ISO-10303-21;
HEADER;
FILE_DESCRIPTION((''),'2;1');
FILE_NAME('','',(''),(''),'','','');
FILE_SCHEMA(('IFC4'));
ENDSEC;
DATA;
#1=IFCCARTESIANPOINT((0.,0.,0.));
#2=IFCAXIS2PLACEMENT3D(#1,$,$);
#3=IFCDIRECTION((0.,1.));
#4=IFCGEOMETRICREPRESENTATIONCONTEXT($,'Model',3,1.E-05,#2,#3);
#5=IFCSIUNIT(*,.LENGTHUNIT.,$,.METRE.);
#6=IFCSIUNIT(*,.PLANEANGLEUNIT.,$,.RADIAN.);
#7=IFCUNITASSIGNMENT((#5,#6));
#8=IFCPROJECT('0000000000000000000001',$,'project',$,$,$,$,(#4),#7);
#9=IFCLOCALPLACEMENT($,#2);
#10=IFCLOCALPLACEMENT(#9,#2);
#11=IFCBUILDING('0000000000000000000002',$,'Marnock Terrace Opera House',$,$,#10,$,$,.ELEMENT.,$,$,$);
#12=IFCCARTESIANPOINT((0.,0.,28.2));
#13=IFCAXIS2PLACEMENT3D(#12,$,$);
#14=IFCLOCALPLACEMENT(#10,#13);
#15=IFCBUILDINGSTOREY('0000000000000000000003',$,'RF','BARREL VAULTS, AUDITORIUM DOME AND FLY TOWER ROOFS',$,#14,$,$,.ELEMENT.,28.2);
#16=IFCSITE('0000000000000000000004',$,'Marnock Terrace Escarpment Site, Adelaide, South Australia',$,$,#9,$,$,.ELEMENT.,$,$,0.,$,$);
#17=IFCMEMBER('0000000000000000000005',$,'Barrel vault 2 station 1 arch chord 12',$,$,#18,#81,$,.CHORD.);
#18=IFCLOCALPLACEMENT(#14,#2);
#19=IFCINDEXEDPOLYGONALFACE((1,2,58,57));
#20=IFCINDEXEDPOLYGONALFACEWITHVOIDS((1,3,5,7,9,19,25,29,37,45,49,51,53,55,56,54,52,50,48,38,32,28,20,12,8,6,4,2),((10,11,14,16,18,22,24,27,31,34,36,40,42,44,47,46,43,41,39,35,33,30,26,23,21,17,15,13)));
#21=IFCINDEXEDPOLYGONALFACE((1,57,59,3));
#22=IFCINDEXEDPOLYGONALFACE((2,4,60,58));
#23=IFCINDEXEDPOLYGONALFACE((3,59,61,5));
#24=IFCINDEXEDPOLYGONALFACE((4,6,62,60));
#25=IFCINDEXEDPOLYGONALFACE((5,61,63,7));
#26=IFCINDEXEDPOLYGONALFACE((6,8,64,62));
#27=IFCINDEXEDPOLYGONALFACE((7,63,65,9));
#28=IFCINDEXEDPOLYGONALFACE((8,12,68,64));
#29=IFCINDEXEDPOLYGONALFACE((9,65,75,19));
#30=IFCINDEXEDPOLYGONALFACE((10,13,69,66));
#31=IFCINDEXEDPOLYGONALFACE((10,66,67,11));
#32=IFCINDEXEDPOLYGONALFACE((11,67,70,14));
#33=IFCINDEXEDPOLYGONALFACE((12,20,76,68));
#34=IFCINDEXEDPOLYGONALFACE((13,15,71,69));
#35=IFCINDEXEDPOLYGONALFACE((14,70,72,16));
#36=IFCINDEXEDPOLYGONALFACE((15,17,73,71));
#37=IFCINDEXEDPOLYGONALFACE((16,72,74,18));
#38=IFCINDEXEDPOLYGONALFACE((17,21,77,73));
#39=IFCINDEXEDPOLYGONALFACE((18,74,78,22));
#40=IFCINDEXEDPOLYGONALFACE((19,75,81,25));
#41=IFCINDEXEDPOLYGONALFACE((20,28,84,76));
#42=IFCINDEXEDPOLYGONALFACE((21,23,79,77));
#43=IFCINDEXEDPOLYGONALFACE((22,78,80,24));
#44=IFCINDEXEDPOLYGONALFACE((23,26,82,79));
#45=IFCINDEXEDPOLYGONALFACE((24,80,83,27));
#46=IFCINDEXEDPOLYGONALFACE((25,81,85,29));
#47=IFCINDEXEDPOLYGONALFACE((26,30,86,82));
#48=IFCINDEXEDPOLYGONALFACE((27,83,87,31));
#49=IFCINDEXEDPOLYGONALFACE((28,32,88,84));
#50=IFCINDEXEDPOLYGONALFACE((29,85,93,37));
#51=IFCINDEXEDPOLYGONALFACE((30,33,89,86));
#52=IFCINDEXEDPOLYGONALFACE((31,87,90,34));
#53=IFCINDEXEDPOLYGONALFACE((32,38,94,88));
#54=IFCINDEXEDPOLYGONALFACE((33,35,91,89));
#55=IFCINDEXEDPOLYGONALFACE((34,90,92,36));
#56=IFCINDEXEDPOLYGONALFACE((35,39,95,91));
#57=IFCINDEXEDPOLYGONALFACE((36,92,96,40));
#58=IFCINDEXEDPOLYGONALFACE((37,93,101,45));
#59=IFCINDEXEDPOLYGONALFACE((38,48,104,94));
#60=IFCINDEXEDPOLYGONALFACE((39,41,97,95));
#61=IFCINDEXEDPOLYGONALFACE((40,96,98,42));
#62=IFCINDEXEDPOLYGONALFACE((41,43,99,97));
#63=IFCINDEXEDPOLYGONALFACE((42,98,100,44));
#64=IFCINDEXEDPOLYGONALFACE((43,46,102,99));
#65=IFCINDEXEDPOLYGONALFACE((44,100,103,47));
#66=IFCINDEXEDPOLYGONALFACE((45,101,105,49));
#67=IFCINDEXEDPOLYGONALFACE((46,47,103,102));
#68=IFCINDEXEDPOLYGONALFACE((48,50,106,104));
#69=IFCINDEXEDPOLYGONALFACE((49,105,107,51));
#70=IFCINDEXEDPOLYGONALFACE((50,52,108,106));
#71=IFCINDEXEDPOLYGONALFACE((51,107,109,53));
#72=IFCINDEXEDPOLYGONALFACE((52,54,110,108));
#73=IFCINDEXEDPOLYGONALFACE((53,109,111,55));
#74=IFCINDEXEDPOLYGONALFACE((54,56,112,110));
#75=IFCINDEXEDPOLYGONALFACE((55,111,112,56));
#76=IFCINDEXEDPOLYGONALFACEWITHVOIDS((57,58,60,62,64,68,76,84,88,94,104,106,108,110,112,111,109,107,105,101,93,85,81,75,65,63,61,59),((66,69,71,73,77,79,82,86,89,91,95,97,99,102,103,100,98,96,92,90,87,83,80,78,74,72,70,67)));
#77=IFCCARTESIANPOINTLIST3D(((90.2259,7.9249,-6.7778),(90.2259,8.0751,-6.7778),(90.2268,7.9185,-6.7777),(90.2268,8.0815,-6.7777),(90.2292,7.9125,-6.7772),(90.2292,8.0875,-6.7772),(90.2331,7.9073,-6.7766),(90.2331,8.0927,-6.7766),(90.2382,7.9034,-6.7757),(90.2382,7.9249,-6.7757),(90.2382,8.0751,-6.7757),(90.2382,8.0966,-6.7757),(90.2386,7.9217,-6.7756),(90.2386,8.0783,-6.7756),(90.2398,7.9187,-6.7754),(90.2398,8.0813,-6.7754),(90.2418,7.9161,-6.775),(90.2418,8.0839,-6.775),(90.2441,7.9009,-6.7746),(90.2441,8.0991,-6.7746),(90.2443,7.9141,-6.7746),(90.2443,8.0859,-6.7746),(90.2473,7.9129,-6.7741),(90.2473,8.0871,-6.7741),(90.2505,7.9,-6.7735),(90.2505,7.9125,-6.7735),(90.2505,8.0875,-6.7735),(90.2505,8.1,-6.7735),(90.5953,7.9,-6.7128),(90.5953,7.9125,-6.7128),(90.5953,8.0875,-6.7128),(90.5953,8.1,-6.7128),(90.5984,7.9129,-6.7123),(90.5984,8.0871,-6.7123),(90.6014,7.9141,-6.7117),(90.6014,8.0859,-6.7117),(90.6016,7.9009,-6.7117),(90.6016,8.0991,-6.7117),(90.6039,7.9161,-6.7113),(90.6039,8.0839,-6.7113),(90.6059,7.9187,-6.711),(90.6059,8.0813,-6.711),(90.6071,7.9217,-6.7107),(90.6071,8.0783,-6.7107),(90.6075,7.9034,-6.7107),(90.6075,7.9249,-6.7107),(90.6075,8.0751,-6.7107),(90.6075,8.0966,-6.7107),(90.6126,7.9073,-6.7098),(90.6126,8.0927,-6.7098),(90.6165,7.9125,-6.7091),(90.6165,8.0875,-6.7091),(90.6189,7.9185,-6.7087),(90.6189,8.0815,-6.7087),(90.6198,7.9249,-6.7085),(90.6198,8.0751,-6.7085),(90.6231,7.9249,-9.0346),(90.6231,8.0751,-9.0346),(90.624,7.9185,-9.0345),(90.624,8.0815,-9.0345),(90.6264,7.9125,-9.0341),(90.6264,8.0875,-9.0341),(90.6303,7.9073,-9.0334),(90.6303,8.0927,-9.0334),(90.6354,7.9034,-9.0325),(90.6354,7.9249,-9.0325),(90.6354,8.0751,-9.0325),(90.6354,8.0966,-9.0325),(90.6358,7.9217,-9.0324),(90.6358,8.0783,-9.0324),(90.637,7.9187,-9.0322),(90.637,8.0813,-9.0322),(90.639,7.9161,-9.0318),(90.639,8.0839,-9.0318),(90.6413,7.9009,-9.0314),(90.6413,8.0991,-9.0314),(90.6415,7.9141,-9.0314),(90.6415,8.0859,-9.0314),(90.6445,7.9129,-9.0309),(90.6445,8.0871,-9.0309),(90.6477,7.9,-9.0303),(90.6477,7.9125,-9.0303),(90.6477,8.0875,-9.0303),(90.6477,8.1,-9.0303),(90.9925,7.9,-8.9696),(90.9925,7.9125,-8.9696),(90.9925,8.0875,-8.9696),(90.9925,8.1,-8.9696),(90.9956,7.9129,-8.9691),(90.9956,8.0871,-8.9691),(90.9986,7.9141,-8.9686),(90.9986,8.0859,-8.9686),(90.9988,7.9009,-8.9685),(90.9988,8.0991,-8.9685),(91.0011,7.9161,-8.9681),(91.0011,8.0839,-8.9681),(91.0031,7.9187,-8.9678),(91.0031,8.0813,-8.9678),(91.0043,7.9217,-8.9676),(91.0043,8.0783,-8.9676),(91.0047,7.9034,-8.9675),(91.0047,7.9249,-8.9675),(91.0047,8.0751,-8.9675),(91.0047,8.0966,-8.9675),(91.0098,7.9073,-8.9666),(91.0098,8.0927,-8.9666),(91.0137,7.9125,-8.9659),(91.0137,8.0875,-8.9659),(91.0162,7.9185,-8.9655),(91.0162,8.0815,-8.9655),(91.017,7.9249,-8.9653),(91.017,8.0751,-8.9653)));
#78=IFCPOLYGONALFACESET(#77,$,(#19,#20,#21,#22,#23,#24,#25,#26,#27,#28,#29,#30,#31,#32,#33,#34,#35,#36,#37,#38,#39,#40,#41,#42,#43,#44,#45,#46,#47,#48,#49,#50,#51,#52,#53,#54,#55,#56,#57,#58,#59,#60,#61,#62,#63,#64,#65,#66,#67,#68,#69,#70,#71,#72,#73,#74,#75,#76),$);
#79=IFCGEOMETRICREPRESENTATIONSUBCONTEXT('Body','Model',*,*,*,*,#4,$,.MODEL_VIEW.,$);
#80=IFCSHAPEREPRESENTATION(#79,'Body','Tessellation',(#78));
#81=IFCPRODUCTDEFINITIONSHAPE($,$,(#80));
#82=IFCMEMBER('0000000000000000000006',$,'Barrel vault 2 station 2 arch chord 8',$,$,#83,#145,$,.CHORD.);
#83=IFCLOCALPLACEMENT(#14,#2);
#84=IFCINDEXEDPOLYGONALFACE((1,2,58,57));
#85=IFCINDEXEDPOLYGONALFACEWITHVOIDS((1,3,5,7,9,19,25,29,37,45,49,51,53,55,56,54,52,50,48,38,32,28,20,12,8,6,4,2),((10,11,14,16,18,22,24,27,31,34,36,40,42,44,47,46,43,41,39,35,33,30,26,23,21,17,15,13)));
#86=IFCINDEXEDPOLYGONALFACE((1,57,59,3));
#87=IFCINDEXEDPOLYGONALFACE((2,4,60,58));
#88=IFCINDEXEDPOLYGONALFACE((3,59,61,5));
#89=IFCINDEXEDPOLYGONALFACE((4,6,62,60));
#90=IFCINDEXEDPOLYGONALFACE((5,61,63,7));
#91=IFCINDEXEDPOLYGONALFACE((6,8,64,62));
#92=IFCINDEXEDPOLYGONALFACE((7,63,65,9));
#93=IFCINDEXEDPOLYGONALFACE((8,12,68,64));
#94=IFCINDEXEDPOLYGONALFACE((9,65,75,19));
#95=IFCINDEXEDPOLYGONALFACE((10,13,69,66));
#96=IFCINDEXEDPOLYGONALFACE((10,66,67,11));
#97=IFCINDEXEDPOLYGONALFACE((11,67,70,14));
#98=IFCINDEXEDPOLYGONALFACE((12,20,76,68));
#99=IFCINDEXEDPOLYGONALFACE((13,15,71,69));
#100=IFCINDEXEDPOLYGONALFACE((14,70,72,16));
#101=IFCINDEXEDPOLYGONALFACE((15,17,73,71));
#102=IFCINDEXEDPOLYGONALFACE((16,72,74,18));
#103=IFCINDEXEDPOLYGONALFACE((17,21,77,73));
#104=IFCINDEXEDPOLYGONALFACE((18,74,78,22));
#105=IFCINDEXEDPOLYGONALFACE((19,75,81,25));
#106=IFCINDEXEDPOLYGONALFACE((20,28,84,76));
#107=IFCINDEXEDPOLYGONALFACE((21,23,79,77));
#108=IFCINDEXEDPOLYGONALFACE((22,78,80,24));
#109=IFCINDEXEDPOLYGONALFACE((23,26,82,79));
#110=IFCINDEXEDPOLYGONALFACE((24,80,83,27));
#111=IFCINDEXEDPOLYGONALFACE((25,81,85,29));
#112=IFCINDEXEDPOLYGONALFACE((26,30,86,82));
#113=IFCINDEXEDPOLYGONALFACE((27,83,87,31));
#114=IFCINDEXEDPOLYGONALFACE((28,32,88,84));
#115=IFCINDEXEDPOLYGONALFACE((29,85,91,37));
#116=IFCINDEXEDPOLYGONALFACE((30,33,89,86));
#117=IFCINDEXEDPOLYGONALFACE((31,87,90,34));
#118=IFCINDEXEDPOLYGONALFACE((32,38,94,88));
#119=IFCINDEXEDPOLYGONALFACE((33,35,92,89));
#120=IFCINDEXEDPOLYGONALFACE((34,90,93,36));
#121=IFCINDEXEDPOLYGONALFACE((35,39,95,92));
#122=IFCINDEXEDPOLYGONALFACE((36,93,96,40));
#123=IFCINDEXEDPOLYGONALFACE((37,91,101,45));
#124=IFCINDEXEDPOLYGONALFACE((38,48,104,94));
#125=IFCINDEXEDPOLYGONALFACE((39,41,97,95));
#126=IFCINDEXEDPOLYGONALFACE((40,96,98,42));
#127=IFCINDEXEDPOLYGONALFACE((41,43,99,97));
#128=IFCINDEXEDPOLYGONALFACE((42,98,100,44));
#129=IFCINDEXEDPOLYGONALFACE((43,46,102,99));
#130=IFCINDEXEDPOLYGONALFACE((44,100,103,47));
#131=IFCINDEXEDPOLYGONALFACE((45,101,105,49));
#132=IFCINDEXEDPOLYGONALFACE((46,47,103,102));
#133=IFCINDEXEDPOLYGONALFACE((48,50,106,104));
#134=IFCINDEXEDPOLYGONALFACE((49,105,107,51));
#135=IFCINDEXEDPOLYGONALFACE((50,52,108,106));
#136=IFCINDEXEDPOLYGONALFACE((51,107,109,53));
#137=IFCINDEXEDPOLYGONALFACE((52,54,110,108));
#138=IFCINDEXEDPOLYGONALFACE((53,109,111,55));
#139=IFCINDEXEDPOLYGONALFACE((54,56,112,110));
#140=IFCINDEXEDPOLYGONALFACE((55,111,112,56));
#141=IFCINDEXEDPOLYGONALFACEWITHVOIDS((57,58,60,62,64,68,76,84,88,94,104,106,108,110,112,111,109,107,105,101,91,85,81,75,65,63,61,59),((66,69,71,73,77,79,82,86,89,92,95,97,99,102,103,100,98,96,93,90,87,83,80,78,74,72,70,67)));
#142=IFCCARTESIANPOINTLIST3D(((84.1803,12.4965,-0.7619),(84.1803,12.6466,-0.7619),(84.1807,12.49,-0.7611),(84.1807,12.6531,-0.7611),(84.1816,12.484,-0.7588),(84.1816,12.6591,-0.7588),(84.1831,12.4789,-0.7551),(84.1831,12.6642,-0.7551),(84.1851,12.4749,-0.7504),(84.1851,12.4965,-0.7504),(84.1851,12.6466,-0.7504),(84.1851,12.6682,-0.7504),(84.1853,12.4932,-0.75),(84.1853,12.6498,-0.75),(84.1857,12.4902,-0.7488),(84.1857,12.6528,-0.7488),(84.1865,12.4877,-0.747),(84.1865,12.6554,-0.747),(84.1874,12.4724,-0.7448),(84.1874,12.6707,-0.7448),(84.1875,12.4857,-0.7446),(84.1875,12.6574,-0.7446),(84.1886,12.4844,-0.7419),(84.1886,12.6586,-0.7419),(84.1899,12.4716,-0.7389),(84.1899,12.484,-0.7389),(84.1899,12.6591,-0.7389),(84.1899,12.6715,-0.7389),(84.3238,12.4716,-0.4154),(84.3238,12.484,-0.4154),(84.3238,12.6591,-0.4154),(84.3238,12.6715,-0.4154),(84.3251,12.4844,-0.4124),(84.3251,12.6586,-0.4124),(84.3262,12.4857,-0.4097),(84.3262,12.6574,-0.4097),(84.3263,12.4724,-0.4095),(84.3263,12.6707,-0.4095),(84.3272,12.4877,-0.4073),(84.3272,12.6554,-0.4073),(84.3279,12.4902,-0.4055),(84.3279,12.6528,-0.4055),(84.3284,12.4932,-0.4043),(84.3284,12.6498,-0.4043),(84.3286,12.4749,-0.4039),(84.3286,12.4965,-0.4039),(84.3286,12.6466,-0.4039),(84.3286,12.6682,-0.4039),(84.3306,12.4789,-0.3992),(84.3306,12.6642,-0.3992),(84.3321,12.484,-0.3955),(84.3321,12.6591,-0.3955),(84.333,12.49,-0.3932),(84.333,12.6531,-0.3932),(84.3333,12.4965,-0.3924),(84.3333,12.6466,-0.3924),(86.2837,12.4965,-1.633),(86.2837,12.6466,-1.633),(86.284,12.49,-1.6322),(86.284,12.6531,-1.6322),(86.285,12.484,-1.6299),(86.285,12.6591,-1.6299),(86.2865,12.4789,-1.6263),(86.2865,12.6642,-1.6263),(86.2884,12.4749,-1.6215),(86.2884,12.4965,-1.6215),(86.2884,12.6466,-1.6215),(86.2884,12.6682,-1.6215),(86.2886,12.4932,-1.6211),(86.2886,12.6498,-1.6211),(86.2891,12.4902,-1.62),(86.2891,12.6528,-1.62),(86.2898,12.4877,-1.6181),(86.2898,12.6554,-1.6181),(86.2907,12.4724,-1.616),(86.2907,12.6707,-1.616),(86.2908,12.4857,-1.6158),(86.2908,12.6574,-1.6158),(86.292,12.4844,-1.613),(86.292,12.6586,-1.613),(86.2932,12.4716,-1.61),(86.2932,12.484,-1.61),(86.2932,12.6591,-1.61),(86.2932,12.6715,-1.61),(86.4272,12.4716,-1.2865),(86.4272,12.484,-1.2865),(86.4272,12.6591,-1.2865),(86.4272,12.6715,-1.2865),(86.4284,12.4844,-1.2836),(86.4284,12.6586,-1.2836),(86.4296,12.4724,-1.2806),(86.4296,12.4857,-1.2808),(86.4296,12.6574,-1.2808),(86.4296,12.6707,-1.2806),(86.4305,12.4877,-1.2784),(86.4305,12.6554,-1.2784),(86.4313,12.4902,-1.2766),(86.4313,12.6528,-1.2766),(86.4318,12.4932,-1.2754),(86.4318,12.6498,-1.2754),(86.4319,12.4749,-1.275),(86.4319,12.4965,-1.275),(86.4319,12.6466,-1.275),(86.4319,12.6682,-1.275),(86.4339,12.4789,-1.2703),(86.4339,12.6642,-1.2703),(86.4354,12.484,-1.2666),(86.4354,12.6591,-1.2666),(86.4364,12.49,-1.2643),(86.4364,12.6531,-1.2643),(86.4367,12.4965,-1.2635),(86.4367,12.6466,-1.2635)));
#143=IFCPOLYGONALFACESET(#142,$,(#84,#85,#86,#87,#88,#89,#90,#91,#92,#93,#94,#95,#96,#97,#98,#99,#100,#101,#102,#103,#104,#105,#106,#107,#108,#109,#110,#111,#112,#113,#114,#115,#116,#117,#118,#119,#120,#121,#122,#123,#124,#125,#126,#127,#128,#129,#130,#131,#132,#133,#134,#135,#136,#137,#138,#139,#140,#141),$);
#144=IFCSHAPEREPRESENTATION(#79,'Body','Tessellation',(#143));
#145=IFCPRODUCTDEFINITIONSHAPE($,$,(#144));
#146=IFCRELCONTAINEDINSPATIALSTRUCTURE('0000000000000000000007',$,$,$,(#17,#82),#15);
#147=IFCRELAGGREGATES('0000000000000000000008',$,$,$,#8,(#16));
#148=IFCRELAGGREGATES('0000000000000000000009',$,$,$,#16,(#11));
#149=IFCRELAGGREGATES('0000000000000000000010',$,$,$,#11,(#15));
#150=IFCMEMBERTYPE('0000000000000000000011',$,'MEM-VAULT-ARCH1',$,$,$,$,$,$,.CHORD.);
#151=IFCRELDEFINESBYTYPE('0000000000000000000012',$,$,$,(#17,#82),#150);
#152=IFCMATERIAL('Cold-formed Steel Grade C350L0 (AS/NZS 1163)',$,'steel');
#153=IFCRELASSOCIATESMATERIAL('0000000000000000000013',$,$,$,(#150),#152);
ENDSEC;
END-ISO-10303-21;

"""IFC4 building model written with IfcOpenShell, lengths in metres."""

from ifc_helpers import new_model, si_unit, direction, frame, origin, origin_2d, place, context, subcontext, project, spatial, hollow_rectangle, extrude, material, material_profile, profile_set, type_object, element, save


model = new_model("IFC4")

# Units and contexts
model_context = context("Model", 3, precision=1e-05, world=origin(), true_north=direction((0.0, 1.0)))
body_context = subcontext(model_context, "Body", "Model", "MODEL_VIEW")
ifc_project = project(units=[si_unit("LENGTHUNIT", "METRE"), si_unit("PLANEANGLEUNIT", "RADIAN")], contexts=[model_context])

# Site, building, storey
site_placement = place(None, origin())
site = spatial("IfcSite", under=ifc_project, at=site_placement, Name="Marnock Terrace Escarpment Site, Adelaide, South Australia", CompositionType="ELEMENT", RefElevation=0.0)
building_placement = place(site_placement, origin())
building = spatial("IfcBuilding", under=site, at=building_placement, Name="Marnock Terrace Opera House", CompositionType="ELEMENT")
storey_placement = place(building_placement, frame((0.0, 0.0, 28.2)))
storey = spatial("IfcBuildingStorey", under=building, at=storey_placement, Name="RF", Description="BARREL VAULTS, AUDITORIUM DOME AND FLY TOWER ROOFS", CompositionType="ELEMENT", Elevation=28.2)

# Members
ifc_material_1 = material(Name="Cold-formed Steel Grade C350L0 (AS/NZS 1163)", Category="steel")
ifc_material_profile_1 = material_profile(ifc_material_1, hollow_rectangle(XDim=0.2, YDim=0.3999, WallThickness=0.0125, InnerFilletRadius=0.0125, OuterFilletRadius=0.0249, at=origin_2d()))
ifc_profile_set_1 = profile_set([ifc_material_profile_1], Name="Cold-formed Steel Grade C350L0 (AS/NZS 1163)")
member_type_1 = type_object("IfcMemberType", Name="MEM-VAULT-ARCH1", PredefinedType="CHORD", material=ifc_profile_set_1)
member_1_placement = place(storey_placement, frame((90.4229, 8.0, -6.7432), z_axis=(0.173342, 0.0, -0.984862), x_axis=(0.0, 1.0, 0.0)))
element("IfcMember", 1, at=member_1_placement, inside=storey, type_object=member_type_1, Name="Barrel vault 2 station 1 arch chord 12", PredefinedType="CHORD", context=body_context, shape_type="SweptSolid", body=[
    extrude(hollow_rectangle(XDim=0.2, YDim=0.3999, WallThickness=0.0125, InnerFilletRadius=0.0125, OuterFilletRadius=0.0249, at=origin_2d()), origin(), (0.0, 0.0, 1.0), 2.2915),
])
member_2_placement = place(storey_placement, frame((84.2568, 12.5715, -0.5771), z_axis=(0.923897, 0.0, -0.382642), x_axis=(0.0, 1.0, 0.0)))
element("IfcMember", 2, at=member_2_placement, inside=storey, type_object=member_type_1, Name="Barrel vault 2 station 2 arch chord 8", PredefinedType="CHORD", context=body_context, shape_type="SweptSolid", body=[
    extrude(hollow_rectangle(XDim=0.2, YDim=0.3999, WallThickness=0.0125, InnerFilletRadius=0.0125, OuterFilletRadius=0.0249, at=origin_2d()), origin(), (0.0, 0.0, 1.0), 2.2766),
])

save(model, "model.ifc")
